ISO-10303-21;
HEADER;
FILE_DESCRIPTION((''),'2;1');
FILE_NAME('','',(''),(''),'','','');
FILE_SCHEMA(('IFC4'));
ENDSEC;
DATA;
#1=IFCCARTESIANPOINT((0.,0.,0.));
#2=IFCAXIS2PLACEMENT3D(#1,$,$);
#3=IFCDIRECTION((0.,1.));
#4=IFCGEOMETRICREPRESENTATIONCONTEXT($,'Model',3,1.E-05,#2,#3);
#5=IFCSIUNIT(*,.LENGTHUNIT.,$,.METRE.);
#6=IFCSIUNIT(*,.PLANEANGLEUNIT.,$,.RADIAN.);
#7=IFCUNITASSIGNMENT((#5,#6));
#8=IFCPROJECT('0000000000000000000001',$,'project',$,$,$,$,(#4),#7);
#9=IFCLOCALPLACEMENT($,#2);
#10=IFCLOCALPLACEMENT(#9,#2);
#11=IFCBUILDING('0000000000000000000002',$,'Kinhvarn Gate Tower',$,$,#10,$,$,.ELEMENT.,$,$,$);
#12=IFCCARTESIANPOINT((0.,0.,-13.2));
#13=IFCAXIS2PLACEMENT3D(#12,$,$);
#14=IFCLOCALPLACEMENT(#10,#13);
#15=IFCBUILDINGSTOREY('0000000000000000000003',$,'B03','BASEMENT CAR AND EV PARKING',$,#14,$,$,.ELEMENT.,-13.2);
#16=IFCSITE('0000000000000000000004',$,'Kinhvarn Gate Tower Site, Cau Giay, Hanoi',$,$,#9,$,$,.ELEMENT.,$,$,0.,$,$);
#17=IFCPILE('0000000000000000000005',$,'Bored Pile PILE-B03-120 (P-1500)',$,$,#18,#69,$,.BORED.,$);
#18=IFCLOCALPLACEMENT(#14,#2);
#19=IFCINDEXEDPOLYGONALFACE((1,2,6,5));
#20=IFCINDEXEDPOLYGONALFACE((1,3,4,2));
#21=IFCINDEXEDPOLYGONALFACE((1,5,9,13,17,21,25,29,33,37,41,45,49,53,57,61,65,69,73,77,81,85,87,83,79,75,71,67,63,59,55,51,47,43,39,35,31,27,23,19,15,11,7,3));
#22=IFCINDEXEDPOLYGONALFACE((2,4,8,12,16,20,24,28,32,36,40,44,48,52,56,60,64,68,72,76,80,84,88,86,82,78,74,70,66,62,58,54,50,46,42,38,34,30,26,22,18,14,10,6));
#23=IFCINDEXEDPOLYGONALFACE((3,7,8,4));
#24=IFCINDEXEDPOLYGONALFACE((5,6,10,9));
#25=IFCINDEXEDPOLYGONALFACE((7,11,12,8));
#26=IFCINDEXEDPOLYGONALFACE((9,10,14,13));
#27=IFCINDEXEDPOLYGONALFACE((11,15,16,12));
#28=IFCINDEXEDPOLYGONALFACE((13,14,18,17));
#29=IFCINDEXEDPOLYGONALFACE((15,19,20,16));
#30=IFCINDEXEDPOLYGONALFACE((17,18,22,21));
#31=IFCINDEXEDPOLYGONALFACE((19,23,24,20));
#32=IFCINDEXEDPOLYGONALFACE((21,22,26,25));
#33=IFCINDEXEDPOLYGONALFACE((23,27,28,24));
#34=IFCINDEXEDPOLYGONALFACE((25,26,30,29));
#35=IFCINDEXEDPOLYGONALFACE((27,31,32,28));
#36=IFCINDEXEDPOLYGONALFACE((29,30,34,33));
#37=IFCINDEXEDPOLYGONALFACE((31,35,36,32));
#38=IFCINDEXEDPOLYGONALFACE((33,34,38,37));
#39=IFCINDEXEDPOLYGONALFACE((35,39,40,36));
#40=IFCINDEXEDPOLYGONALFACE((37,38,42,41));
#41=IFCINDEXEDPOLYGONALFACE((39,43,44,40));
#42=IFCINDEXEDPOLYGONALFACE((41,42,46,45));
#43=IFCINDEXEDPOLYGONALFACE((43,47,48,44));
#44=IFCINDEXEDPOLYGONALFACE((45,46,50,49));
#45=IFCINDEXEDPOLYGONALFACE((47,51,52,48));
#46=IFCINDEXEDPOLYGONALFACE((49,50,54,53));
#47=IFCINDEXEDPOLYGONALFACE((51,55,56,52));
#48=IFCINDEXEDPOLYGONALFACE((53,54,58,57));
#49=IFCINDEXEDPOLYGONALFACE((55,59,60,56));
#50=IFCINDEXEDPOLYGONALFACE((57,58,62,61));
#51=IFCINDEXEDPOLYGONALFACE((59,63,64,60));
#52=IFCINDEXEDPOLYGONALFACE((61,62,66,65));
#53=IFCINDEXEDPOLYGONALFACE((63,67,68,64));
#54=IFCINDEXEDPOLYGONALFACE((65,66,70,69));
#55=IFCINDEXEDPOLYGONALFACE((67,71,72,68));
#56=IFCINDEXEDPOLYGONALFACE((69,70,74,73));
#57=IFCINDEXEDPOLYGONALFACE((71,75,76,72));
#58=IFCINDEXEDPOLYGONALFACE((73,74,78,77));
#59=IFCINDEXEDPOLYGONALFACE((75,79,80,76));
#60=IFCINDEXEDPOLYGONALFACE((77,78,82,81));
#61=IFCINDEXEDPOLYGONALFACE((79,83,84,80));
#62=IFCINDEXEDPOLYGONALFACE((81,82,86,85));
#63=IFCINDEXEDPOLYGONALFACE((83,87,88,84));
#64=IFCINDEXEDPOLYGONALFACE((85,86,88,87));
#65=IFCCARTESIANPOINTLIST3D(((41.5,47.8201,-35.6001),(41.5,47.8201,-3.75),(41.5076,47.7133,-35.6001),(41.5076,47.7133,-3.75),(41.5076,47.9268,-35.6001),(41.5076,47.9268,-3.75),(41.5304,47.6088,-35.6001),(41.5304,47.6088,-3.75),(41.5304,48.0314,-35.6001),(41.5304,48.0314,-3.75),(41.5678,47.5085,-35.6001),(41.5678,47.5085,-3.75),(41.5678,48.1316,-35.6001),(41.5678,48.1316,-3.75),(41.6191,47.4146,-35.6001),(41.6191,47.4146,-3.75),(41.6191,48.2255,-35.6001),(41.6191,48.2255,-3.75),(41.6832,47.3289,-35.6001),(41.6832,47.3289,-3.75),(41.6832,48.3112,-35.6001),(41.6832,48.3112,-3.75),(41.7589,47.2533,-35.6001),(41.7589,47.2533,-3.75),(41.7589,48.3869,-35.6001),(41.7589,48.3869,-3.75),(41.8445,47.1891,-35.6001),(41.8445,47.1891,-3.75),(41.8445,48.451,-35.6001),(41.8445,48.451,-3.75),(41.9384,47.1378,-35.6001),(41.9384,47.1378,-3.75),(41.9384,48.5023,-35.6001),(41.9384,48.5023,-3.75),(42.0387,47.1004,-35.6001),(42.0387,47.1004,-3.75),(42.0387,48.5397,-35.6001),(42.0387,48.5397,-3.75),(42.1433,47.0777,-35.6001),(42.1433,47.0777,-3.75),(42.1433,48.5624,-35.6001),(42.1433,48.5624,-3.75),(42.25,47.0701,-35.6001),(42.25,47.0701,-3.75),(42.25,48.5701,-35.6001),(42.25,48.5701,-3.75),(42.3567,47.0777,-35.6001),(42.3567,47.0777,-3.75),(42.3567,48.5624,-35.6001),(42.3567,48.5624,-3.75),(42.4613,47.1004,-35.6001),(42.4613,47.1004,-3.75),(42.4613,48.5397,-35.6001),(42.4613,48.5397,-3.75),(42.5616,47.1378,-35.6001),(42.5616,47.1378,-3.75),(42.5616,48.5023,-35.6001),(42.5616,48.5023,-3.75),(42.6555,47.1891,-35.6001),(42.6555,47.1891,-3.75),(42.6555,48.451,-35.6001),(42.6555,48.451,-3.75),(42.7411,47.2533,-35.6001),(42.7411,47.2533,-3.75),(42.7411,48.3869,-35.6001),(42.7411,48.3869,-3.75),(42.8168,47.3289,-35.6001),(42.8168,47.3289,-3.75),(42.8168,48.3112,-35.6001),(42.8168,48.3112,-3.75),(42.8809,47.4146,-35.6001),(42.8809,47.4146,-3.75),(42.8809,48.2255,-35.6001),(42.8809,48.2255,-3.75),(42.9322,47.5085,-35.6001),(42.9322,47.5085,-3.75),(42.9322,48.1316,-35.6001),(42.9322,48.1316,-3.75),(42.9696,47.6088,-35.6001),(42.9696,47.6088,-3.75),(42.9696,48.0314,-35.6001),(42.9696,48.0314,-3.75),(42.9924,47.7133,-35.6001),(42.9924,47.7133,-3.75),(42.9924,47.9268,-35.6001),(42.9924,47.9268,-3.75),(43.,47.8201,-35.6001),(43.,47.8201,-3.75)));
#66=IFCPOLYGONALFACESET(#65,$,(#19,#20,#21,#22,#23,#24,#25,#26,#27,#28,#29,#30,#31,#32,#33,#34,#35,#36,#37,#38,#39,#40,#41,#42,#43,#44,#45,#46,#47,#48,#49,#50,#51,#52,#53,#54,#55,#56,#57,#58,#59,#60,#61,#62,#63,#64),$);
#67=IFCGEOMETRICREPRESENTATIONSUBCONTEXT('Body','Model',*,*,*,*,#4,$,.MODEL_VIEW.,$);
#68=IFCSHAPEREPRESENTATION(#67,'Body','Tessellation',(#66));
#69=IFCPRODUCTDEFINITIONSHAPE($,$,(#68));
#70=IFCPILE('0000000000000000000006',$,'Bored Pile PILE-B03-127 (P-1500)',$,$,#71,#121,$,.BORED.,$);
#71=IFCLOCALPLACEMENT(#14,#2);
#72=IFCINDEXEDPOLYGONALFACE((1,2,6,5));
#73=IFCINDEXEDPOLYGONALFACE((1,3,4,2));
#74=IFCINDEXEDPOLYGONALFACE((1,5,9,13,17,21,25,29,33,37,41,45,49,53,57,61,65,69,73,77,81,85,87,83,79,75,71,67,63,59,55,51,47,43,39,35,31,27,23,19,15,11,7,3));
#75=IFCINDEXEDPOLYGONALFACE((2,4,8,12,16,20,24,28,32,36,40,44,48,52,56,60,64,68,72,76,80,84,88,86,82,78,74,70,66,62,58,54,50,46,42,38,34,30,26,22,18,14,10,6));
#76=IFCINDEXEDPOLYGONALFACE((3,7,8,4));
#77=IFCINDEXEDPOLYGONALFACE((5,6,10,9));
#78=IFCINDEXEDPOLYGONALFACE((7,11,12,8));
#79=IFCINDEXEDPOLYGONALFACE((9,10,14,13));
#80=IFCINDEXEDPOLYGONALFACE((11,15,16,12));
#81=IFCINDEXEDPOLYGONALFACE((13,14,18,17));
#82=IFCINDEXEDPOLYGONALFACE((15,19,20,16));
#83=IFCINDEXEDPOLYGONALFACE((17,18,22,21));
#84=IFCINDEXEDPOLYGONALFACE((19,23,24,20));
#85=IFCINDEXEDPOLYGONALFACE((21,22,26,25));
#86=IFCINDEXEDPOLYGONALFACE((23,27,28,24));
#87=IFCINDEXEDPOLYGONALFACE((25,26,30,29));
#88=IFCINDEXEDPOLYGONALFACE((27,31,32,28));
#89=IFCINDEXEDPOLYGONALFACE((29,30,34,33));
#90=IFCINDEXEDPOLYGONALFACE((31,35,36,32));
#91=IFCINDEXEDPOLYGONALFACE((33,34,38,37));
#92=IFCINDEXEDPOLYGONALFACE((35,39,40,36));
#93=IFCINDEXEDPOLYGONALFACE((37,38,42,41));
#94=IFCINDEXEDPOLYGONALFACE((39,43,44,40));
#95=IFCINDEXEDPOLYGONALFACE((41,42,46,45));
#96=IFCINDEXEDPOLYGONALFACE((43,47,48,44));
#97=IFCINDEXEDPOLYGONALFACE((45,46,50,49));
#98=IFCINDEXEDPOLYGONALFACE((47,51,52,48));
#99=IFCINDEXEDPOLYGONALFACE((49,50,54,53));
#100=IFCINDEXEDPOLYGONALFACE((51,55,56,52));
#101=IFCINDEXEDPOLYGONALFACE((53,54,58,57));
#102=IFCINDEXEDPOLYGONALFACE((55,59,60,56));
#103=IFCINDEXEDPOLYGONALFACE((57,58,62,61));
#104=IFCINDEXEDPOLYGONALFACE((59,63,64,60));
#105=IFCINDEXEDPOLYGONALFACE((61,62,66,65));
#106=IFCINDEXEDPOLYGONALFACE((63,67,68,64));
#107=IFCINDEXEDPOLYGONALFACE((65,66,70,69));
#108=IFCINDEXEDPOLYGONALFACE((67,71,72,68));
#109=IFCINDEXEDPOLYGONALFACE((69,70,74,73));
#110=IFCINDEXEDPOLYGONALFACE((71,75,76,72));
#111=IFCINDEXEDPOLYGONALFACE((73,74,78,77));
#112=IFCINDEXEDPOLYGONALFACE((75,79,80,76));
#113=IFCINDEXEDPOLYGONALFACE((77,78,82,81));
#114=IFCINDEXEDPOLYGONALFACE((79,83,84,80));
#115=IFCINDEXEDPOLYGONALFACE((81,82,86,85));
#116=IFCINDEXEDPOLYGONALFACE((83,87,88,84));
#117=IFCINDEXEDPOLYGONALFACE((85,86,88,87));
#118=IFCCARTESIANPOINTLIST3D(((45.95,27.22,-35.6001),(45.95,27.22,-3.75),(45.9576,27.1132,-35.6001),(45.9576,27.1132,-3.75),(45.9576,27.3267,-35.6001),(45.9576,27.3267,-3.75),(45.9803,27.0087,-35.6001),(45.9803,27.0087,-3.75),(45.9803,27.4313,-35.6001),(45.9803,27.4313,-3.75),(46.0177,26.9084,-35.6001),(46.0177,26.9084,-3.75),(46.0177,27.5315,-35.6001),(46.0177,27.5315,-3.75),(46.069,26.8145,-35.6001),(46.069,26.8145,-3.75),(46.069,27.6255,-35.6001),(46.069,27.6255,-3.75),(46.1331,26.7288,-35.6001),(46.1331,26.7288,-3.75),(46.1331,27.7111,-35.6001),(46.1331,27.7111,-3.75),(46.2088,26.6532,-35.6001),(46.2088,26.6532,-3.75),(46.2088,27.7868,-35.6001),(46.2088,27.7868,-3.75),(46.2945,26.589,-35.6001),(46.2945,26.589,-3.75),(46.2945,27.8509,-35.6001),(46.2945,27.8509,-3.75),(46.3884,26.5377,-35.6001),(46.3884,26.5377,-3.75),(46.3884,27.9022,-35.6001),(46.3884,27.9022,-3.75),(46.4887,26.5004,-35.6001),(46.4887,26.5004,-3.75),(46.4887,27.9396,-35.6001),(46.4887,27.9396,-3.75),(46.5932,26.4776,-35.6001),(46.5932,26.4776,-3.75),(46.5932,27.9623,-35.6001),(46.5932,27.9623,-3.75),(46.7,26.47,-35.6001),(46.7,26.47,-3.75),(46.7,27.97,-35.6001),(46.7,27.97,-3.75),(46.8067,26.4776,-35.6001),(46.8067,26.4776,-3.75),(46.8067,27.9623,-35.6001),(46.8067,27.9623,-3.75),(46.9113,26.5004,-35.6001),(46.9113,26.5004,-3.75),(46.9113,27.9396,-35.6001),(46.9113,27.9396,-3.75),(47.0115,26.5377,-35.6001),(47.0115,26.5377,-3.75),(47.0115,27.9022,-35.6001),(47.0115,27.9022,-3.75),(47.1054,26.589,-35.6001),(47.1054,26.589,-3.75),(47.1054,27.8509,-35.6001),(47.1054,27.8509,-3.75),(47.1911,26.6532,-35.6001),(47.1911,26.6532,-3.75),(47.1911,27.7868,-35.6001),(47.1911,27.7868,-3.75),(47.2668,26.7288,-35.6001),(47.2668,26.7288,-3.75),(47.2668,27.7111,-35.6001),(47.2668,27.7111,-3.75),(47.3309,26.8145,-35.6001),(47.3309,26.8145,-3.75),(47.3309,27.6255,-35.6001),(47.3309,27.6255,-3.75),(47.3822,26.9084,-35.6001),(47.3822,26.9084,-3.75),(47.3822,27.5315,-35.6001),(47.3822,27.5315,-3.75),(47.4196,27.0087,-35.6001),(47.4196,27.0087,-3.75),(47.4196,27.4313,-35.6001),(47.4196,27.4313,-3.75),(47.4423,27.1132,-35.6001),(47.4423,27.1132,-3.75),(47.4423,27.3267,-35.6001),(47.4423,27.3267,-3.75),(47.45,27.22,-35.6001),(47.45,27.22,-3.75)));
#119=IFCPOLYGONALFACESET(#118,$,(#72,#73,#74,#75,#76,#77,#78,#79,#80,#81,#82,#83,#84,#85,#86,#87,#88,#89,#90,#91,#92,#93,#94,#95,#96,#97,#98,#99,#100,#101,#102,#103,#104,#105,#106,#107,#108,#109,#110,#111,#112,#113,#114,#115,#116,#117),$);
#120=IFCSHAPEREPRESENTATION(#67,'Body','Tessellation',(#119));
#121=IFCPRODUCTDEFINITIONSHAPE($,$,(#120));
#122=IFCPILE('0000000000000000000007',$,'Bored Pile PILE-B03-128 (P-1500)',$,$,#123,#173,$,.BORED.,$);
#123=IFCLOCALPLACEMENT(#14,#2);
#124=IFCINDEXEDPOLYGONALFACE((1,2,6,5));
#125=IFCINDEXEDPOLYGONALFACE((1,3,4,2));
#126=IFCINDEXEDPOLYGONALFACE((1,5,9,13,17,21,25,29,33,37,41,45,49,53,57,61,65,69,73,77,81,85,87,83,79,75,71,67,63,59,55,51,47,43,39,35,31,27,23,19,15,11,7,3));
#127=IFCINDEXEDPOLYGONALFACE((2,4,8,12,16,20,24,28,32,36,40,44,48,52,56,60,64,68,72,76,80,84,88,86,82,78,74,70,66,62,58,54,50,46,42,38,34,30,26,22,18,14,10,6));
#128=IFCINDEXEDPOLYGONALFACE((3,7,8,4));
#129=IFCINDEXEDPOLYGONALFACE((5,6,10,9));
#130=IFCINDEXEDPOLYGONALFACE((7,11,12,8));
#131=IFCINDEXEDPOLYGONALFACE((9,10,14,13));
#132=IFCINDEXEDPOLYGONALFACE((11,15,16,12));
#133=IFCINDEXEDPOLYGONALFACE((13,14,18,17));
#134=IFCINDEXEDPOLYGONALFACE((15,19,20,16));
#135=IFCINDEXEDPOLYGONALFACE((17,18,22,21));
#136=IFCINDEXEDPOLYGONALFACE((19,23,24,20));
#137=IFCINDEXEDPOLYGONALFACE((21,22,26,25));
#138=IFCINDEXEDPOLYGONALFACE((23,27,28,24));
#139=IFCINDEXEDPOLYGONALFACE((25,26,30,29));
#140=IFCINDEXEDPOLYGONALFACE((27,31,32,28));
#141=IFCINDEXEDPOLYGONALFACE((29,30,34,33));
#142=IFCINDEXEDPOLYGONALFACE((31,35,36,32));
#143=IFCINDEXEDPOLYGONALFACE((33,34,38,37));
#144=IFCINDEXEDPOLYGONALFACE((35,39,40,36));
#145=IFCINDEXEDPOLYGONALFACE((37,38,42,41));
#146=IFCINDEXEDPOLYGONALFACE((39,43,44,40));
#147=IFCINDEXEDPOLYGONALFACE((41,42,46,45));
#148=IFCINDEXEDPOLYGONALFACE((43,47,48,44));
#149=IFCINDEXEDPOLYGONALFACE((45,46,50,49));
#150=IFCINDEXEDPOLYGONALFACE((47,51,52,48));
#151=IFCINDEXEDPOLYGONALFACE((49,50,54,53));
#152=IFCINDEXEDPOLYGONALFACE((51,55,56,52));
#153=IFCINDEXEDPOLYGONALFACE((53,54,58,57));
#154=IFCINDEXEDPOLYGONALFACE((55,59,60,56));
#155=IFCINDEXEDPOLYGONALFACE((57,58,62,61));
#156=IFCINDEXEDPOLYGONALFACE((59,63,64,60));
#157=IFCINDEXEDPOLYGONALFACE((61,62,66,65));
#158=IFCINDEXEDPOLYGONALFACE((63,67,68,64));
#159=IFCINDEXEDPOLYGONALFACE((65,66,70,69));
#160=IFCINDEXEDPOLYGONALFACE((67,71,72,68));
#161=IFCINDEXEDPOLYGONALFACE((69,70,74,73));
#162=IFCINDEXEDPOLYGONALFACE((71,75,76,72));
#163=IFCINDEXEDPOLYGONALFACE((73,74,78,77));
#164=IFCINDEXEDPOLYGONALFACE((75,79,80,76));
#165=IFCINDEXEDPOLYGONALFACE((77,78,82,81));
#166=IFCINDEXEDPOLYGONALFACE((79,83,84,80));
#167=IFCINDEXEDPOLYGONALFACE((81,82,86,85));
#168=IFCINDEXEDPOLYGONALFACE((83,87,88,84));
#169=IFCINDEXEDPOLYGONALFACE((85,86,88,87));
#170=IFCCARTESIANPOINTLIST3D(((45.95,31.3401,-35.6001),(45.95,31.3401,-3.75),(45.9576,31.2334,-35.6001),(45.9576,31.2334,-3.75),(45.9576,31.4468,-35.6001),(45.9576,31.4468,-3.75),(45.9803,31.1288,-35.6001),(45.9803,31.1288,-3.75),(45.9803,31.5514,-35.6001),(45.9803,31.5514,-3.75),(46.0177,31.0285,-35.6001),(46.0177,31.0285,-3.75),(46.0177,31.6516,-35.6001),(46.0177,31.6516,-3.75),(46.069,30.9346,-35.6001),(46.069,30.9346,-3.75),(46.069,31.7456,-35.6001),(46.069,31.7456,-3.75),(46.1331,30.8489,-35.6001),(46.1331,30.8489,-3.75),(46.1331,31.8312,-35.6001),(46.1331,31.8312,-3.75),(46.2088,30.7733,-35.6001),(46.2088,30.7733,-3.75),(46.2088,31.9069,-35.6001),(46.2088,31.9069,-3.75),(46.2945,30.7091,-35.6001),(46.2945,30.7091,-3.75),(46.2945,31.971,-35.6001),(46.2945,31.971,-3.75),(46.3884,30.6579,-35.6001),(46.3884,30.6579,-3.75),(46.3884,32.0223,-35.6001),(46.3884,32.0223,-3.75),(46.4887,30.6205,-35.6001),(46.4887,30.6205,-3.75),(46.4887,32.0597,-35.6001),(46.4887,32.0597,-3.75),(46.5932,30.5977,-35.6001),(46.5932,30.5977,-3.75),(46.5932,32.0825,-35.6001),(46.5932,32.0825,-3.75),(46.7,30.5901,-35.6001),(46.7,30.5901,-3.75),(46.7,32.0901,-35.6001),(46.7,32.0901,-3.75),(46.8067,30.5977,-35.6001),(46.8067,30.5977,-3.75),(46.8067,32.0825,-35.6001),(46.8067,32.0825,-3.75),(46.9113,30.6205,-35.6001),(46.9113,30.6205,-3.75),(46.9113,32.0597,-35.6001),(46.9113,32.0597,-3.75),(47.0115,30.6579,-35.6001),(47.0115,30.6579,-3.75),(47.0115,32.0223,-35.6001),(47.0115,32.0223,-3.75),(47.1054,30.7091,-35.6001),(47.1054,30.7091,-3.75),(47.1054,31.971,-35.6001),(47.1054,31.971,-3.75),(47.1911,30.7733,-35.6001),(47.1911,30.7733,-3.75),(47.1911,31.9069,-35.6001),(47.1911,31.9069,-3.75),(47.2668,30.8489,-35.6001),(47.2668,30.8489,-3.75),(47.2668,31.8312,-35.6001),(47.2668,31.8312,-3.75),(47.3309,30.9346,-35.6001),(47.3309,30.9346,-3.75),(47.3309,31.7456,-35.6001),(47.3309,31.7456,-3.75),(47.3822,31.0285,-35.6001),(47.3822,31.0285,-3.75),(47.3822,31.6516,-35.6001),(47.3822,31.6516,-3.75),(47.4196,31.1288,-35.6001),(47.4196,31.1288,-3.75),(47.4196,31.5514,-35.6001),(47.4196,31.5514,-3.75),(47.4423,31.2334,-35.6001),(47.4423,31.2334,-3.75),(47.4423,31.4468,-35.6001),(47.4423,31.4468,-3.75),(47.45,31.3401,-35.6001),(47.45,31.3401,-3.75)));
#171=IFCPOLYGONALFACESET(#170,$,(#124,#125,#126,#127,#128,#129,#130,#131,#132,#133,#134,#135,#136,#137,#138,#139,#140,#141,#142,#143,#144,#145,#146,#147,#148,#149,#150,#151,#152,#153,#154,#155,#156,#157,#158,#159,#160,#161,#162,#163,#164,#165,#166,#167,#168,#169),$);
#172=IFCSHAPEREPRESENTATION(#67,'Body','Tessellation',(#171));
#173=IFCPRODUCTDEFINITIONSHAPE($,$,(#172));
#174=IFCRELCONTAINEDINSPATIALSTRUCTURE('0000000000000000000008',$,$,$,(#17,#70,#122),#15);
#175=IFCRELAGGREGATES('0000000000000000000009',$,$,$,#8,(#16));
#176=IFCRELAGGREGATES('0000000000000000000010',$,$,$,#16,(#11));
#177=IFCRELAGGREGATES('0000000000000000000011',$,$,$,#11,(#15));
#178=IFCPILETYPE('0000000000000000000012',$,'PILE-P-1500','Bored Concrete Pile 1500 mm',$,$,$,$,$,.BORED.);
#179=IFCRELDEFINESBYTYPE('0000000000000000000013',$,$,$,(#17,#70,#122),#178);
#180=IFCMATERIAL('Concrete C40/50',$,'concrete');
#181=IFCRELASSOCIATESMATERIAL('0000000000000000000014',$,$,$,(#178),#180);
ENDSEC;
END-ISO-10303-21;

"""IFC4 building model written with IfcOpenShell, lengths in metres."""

from ifc_helpers import new_model, si_unit, direction, frame, origin, origin_2d, place, context, subcontext, project, spatial, circle, extrude, material, material_profile, profile_set, type_object, element, save


model = new_model("IFC4")

# Units and contexts
model_context = context("Model", 3, precision=1e-05, world=origin(), true_north=direction((0.0, 1.0)))
body_context = subcontext(model_context, "Body", "Model", "MODEL_VIEW")
ifc_project = project(units=[si_unit("LENGTHUNIT", "METRE"), si_unit("PLANEANGLEUNIT", "RADIAN")], contexts=[model_context])

# Site, building, storey
site_placement = place(None, origin())
site = spatial("IfcSite", under=ifc_project, at=site_placement, Name="Kinhvarn Gate Tower Site, Cau Giay, Hanoi", CompositionType="ELEMENT", RefElevation=0.0)
building_placement = place(site_placement, origin())
building = spatial("IfcBuilding", under=site, at=building_placement, Name="Kinhvarn Gate Tower", CompositionType="ELEMENT")
storey_placement = place(building_placement, frame((0.0, 0.0, -13.2)))
storey = spatial("IfcBuildingStorey", under=building, at=storey_placement, Name="B03", Description="BASEMENT CAR AND EV PARKING", CompositionType="ELEMENT", Elevation=-13.2)

# Piles
ifc_material = material(Name="Concrete C40/50", Category="concrete")
ifc_material_profile_1 = material_profile(ifc_material, circle(Radius=0.75, at=origin_2d()), Name="PILE D1500")
ifc_profile_set_1 = profile_set([ifc_material_profile_1], Name="Concrete C40/50")
pile_type_1 = type_object("IfcPileType", Name="PILE-P-1500", Description="Bored Concrete Pile 1500 mm", PredefinedType="BORED", material=ifc_profile_set_1)
for number, where, z_axis, x_axis, name in (
    (1, (42.25, 47.8201, -35.6001), (0.0, 0.0, 1.0), (1.0, 0.0, 0.0), "Bored Pile PILE-B03-120 (P-1500)"),
    (2, (46.7, 27.22, -35.6001), (0.0, 0.0, 1.0), (1.0, 0.0, 0.0), "Bored Pile PILE-B03-127 (P-1500)"),
    (3, (46.7, 31.3401, -35.6001), (0.0, 0.0, 1.0), (1.0, 0.0, 0.0), "Bored Pile PILE-B03-128 (P-1500)"),
):
    element("IfcPile", number, at=place(storey_placement, frame(where, z_axis=z_axis, x_axis=x_axis)), inside=storey, type_object=pile_type_1, Name=name, PredefinedType="BORED", context=body_context, shape_type="SweptSolid", body=[
        extrude(circle(Radius=0.75, at=origin_2d()), origin(), (0.0, 0.0, 1.0), 31.8501),
    ])

save(model, "model.ifc")
